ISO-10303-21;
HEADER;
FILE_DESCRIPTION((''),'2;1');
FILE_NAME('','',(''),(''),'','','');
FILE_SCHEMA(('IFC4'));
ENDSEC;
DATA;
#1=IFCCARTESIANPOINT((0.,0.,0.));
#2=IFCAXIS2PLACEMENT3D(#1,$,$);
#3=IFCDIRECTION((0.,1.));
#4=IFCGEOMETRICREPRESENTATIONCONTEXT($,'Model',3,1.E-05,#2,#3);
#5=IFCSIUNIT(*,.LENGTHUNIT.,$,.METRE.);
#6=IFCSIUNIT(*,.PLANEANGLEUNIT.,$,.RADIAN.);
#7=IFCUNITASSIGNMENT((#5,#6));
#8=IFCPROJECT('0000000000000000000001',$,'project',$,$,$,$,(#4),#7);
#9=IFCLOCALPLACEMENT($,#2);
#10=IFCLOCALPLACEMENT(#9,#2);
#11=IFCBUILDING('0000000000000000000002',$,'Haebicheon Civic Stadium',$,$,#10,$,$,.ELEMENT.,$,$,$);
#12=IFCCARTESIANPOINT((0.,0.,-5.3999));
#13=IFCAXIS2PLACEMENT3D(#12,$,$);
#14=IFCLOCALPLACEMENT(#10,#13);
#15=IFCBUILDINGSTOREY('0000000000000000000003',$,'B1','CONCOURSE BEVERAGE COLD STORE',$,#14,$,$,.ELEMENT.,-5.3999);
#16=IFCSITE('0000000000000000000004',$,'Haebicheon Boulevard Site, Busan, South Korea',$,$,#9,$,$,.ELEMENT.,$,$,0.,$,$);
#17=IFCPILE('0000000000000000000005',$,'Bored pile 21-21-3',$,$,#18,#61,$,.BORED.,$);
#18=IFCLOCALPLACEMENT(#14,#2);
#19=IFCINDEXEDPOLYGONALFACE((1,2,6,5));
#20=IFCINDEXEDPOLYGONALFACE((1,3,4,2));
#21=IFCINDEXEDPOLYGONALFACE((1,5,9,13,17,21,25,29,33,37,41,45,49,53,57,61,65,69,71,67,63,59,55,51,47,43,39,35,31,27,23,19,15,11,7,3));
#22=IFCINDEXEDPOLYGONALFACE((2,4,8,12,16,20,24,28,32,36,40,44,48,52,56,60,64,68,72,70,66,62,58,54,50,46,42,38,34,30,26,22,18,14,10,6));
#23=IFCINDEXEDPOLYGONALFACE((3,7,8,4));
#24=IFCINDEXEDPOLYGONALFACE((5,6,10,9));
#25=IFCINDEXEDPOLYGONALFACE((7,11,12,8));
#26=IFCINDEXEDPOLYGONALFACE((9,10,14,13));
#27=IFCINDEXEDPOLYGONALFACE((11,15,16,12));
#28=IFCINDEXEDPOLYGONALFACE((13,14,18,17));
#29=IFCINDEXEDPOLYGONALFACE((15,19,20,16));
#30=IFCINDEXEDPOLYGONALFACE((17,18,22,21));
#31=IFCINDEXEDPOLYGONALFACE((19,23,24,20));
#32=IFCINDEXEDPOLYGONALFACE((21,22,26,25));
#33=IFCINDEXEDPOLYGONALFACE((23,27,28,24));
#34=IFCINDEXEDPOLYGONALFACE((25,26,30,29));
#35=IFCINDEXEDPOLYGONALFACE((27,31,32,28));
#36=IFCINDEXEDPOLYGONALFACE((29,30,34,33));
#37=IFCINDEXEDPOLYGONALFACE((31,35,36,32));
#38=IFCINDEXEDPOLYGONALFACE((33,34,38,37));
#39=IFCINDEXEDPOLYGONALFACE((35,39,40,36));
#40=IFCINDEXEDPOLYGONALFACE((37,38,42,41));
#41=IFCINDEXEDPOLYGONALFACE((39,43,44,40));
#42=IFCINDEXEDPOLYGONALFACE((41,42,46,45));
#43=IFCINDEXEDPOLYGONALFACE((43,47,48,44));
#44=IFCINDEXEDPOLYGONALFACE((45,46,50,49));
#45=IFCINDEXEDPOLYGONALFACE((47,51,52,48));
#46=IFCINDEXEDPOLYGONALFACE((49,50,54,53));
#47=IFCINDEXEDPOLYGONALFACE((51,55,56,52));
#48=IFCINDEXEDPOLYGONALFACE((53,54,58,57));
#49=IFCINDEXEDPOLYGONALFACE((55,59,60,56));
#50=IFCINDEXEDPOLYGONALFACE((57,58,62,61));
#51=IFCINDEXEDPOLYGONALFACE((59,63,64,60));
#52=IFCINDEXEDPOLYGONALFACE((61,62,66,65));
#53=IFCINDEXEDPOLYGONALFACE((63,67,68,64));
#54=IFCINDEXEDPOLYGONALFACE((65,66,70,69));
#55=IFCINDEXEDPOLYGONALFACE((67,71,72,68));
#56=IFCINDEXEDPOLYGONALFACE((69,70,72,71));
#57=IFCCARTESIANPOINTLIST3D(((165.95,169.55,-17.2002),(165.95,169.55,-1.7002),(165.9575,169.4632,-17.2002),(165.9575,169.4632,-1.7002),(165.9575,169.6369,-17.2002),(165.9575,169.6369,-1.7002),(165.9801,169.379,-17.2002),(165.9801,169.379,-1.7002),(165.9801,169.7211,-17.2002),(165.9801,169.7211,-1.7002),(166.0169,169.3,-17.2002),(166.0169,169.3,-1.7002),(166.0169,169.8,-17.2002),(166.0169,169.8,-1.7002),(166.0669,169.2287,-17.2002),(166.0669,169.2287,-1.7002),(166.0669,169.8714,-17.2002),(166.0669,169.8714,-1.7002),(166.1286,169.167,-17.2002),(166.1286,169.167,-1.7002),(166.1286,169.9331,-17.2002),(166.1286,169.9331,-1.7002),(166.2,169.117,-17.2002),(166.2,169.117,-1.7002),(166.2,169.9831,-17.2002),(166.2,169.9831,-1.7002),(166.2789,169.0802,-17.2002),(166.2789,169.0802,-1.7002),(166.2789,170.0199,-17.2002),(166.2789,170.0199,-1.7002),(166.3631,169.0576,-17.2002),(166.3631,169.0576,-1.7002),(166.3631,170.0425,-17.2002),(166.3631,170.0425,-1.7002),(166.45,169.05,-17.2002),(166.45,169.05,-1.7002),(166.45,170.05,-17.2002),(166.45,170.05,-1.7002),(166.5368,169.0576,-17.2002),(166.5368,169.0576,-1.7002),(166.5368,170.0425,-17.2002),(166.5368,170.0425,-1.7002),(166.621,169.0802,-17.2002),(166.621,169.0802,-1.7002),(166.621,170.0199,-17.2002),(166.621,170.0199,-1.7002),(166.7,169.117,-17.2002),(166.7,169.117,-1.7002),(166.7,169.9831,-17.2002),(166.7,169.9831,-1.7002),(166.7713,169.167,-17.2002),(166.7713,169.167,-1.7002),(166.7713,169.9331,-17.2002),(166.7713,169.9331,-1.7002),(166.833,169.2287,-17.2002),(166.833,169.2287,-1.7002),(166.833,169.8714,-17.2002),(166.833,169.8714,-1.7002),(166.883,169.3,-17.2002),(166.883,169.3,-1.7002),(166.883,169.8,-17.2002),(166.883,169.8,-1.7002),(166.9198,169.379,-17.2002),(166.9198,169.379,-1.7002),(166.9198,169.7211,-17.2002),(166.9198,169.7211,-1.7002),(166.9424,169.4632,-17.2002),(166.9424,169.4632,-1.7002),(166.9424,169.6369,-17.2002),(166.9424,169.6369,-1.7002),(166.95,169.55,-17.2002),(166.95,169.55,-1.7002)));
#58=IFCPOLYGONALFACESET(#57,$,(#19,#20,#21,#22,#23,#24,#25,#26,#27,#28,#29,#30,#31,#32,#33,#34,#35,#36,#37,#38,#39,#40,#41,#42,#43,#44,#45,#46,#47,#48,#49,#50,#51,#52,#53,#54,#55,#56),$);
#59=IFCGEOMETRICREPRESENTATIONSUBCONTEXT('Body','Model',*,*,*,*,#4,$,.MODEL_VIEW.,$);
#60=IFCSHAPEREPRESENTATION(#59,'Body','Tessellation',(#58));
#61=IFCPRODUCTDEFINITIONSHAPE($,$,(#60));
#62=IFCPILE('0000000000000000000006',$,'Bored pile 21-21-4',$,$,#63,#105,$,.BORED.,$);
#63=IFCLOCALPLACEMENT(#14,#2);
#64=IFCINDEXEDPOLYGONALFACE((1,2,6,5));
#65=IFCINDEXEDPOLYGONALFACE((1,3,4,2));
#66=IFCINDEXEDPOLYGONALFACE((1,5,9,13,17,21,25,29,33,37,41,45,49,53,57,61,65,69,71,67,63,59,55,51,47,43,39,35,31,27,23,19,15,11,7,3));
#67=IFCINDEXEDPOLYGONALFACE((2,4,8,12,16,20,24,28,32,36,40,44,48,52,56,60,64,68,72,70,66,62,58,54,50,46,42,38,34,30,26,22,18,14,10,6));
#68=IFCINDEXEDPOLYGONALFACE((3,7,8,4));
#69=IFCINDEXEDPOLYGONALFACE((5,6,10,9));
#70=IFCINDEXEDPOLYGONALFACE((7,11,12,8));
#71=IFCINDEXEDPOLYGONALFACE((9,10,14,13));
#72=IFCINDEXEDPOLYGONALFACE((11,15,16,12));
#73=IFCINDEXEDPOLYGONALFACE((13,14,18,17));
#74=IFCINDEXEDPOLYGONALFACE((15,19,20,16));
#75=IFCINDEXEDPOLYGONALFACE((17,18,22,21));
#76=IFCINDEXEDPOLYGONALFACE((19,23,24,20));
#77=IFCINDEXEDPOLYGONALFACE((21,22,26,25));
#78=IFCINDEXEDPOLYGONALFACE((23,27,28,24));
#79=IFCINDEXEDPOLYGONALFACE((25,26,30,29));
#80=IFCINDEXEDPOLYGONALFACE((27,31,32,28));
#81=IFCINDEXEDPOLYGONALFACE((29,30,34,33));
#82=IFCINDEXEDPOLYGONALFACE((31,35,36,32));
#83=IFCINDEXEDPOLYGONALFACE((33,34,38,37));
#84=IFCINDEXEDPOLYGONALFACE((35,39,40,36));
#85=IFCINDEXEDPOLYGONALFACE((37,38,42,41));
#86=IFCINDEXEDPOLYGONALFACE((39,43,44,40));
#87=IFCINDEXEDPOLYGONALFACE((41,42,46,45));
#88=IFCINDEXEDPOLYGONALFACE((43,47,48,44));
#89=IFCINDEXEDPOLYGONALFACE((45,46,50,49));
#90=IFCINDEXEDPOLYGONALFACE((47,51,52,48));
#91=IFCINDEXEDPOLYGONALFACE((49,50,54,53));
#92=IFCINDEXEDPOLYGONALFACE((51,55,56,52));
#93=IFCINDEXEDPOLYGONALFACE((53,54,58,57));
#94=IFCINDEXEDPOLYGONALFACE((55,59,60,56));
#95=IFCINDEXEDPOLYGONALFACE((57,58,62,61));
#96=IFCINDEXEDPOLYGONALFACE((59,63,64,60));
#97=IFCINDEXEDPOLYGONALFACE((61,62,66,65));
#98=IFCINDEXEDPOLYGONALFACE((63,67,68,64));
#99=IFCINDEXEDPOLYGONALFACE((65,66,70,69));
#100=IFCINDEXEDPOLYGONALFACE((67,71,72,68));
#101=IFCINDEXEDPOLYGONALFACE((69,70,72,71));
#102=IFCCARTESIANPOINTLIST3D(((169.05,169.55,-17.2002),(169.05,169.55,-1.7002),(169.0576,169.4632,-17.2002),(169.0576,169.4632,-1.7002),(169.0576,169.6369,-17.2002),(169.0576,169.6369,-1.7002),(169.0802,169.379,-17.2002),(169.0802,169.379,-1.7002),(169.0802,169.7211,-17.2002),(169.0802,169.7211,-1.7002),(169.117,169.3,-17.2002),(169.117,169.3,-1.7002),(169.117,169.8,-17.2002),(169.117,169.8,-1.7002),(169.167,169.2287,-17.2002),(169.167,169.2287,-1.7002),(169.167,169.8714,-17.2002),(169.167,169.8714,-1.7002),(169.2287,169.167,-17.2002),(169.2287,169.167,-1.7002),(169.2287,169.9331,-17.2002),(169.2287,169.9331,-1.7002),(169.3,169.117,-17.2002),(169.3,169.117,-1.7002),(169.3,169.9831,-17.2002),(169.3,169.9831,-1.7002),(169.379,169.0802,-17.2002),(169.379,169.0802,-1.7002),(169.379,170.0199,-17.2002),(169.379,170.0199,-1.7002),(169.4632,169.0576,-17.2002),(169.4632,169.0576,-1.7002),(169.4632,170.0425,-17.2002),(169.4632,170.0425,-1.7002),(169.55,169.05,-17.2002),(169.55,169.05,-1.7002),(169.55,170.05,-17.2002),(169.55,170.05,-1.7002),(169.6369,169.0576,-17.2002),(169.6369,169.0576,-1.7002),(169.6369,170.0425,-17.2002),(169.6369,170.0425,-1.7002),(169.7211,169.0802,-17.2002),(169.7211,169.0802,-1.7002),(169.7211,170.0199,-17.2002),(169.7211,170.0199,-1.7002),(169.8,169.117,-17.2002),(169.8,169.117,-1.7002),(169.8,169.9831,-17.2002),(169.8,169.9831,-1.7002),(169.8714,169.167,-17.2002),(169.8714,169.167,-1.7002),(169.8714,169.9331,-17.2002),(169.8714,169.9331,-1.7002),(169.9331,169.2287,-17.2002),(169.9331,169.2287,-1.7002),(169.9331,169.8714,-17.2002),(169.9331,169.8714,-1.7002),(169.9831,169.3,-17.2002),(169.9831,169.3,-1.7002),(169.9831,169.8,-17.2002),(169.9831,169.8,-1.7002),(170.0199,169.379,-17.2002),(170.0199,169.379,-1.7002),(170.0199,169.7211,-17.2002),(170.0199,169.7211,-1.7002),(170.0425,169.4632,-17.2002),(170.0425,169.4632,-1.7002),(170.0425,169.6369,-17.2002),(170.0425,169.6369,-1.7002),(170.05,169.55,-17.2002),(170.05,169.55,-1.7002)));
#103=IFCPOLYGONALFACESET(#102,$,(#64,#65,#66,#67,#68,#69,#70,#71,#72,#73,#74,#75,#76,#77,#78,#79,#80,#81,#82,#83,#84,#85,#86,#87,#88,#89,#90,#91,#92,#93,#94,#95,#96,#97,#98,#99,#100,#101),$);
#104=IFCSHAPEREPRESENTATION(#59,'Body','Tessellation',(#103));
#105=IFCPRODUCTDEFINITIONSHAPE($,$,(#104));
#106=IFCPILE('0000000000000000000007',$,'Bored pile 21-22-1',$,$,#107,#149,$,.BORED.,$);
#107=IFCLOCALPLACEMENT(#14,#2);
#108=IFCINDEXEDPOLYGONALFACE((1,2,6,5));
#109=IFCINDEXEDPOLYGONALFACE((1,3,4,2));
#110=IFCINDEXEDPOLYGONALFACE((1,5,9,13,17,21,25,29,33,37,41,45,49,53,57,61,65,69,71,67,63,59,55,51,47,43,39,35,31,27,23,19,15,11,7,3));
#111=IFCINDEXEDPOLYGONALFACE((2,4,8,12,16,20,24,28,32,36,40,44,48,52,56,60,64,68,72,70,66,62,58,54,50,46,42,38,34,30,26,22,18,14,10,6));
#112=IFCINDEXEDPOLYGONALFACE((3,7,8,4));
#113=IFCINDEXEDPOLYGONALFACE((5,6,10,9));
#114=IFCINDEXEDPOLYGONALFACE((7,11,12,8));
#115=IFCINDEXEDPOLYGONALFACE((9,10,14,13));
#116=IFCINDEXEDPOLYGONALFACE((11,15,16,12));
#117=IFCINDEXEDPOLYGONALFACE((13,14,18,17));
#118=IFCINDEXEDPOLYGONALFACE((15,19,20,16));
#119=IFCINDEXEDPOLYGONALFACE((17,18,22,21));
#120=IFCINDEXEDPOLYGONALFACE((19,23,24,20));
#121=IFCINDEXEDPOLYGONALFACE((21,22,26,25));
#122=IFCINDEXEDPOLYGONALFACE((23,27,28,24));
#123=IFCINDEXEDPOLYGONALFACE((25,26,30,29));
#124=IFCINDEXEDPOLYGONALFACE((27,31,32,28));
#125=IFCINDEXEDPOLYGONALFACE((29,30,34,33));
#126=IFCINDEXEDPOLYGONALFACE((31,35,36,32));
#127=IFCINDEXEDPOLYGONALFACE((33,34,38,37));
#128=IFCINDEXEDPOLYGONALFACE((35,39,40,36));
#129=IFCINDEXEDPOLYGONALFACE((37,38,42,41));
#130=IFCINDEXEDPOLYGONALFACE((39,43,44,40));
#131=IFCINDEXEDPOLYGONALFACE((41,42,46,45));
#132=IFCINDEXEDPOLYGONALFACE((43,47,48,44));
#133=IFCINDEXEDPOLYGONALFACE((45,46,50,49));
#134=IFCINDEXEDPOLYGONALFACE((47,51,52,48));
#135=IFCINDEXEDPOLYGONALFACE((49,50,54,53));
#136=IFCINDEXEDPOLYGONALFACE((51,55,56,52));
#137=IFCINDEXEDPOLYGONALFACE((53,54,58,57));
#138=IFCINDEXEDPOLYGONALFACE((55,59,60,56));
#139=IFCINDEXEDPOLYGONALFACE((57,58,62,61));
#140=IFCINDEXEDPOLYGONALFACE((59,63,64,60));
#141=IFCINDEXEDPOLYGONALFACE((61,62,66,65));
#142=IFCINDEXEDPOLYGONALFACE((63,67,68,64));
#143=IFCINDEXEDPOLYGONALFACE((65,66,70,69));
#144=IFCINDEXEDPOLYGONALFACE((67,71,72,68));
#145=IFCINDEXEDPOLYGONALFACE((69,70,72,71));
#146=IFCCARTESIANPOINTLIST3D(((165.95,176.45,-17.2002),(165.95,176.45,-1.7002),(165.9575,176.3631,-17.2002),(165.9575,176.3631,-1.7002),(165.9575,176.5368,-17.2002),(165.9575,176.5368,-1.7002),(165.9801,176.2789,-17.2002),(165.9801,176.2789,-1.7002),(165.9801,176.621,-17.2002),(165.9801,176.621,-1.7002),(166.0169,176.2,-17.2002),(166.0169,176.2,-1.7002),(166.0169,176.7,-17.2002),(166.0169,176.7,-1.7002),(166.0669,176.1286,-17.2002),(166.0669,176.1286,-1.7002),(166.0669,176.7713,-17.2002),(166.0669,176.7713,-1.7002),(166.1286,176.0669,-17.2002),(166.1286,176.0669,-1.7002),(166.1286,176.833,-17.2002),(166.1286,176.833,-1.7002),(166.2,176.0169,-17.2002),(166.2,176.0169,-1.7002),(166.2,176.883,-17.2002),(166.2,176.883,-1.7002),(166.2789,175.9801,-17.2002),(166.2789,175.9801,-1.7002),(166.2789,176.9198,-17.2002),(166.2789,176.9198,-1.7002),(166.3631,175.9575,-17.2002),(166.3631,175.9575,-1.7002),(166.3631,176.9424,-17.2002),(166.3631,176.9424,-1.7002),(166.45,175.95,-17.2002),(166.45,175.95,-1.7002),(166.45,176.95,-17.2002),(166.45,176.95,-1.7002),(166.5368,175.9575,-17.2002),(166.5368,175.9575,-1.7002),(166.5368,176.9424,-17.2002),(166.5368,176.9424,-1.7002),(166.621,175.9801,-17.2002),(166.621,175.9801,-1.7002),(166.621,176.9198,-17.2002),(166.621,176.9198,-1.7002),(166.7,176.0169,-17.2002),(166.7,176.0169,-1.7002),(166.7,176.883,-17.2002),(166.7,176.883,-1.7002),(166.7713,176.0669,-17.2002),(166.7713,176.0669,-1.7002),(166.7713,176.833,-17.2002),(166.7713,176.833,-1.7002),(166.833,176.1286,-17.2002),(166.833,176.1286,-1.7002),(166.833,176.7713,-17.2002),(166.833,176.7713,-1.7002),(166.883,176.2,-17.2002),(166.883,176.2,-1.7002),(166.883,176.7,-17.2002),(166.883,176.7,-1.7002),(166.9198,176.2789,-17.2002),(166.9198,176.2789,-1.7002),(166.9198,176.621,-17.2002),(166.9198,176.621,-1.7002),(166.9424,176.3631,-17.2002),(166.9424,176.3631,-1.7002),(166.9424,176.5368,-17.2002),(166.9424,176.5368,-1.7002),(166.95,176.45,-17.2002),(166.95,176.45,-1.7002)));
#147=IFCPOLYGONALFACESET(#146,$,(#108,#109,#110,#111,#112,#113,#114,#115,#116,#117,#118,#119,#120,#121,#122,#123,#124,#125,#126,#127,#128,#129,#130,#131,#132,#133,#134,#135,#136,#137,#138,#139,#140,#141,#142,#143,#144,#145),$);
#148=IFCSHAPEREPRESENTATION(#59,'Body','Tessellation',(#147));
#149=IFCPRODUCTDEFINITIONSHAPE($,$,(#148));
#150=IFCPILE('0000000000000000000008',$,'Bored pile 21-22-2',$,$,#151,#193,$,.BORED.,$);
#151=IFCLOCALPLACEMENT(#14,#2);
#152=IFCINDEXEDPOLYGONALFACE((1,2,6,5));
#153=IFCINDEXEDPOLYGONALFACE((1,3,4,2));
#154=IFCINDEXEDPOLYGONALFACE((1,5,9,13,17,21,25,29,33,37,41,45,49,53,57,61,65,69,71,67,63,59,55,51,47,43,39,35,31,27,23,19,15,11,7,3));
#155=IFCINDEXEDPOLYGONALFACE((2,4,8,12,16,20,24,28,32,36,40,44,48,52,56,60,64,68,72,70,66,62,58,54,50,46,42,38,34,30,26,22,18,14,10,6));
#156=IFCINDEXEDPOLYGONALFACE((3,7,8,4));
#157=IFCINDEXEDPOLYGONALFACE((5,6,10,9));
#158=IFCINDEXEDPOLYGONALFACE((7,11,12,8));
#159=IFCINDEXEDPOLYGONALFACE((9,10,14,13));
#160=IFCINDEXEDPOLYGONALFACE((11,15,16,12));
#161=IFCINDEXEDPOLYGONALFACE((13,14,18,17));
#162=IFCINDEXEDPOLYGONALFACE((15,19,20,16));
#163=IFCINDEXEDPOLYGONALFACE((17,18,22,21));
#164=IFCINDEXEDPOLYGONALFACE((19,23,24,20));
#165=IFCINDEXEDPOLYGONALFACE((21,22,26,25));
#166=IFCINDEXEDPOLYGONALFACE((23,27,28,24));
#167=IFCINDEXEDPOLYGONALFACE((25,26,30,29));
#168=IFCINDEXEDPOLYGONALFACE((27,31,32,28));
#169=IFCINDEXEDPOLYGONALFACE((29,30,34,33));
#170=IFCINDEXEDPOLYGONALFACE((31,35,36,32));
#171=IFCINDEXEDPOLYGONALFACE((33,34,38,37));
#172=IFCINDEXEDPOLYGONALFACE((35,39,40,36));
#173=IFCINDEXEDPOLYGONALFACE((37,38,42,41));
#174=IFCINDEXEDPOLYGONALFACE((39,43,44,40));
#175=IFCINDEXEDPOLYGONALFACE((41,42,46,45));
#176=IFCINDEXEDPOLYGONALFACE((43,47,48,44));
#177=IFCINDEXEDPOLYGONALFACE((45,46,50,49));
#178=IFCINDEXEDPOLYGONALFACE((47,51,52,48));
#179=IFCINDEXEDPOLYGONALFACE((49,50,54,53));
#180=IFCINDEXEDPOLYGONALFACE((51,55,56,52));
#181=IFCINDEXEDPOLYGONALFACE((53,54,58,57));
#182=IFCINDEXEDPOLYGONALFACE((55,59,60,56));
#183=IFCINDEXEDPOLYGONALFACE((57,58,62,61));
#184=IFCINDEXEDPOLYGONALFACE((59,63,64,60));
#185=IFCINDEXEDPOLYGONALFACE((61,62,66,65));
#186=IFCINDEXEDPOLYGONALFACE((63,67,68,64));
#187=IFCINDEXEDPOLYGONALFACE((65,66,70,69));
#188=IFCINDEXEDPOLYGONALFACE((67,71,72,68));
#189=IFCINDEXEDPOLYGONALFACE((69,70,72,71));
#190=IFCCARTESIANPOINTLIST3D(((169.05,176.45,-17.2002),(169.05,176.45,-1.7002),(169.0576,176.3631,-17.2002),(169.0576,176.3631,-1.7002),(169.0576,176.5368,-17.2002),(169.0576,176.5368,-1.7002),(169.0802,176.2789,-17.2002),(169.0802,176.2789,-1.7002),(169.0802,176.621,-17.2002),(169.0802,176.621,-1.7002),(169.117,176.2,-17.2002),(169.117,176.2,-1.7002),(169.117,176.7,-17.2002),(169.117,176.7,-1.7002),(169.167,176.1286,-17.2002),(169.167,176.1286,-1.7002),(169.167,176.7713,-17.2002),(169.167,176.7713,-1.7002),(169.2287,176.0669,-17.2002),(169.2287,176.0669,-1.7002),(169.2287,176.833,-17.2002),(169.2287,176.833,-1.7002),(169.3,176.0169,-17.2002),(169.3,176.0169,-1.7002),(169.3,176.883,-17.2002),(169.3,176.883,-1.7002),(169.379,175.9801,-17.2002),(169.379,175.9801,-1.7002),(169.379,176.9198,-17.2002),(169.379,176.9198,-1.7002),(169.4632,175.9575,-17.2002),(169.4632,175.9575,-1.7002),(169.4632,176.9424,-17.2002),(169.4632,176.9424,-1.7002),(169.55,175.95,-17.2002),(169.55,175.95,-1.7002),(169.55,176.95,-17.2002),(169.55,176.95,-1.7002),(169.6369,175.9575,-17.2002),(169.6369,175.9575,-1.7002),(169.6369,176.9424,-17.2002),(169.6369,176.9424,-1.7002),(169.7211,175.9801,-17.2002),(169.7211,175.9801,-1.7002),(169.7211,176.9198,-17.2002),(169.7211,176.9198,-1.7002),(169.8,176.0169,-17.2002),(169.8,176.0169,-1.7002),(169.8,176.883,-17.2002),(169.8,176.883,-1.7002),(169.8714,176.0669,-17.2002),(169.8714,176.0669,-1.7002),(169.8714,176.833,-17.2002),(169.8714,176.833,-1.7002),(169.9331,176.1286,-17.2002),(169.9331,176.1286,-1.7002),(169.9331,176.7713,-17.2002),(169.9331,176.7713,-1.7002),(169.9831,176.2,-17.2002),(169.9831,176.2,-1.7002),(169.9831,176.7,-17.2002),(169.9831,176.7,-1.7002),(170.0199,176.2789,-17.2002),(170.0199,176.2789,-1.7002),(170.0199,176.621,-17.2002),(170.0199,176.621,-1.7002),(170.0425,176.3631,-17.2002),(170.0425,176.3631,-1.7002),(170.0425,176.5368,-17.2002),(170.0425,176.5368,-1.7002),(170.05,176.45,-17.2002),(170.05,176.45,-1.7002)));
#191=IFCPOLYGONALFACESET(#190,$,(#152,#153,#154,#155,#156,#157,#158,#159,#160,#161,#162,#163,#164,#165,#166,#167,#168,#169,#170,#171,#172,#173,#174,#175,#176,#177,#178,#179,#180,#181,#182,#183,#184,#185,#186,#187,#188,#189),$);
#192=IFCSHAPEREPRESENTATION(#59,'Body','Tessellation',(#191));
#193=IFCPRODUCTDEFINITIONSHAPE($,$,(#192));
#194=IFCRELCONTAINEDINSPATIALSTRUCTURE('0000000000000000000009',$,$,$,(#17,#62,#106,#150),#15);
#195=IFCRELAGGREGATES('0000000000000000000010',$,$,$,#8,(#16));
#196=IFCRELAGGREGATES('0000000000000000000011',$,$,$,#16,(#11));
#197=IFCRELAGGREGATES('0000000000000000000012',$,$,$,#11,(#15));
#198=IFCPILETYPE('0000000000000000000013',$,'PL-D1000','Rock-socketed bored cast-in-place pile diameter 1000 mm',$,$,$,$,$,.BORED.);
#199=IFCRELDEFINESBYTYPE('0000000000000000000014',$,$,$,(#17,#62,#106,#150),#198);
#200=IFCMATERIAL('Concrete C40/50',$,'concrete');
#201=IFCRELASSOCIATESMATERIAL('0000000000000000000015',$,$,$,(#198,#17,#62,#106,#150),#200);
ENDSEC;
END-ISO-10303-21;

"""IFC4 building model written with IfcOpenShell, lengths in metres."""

from ifc_helpers import new_model, si_unit, direction, frame, origin, origin_2d, place, context, subcontext, project, spatial, circle, extrude, material, material_profile, profile_set, type_object, element, save


model = new_model("IFC4")

# Units and contexts
model_context = context("Model", 3, precision=1e-05, world=origin(), true_north=direction((0.0, 1.0)))
body_context = subcontext(model_context, "Body", "Model", "MODEL_VIEW")
ifc_project = project(units=[si_unit("LENGTHUNIT", "METRE"), si_unit("PLANEANGLEUNIT", "RADIAN")], contexts=[model_context])

# Site, building, storey
site_placement = place(None, origin())
site = spatial("IfcSite", under=ifc_project, at=site_placement, Name="Haebicheon Boulevard Site, Busan, South Korea", CompositionType="ELEMENT", RefElevation=0.0)
building_placement = place(site_placement, origin())
building = spatial("IfcBuilding", under=site, at=building_placement, Name="Haebicheon Civic Stadium", CompositionType="ELEMENT")
storey_placement = place(building_placement, frame((0.0, 0.0, -5.3999)))
storey = spatial("IfcBuildingStorey", under=building, at=storey_placement, Name="B1", Description="CONCOURSE BEVERAGE COLD STORE", CompositionType="ELEMENT", Elevation=-5.3999)

# Piles
ifc_material_1 = material(Name="Concrete C40/50", Category="concrete")
ifc_material_profile_1 = material_profile(ifc_material_1, circle(Radius=0.5, at=origin_2d()), Name="PILE-D1000")
ifc_profile_set_1 = profile_set([ifc_material_profile_1], Name="Concrete C40/50")
pile_type = type_object("IfcPileType", Name="PL-D1000", Description="Rock-socketed bored cast-in-place pile diameter 1000 mm", PredefinedType="BORED", material=ifc_profile_set_1)
for number, where, z_axis, x_axis, name in (
    (1, (166.45, 169.55, -1.7002), (0.0, 0.0, -1.0), (1.0, 0.0, 0.0), "Bored pile 21-21-3"),
    (2, (169.55, 169.55, -1.7002), (0.0, 0.0, -1.0), (1.0, 0.0, 0.0), "Bored pile 21-21-4"),
    (3, (166.45, 176.45, -1.7002), (0.0, 0.0, -1.0), (1.0, 0.0, 0.0), "Bored pile 21-22-1"),
    (4, (169.55, 176.45, -1.7002), (0.0, 0.0, -1.0), (1.0, 0.0, 0.0), "Bored pile 21-22-2"),
):
    element("IfcPile", number, at=place(storey_placement, frame(where, z_axis=z_axis, x_axis=x_axis)), inside=storey, type_object=pile_type, material=ifc_profile_set_1, Name=name, PredefinedType="BORED", context=body_context, shape_type="SweptSolid", body=[
        extrude(circle(Radius=0.5, at=origin_2d()), origin(), (0.0, 0.0, 1.0), 15.5),
    ])

save(model, "model.ifc")
